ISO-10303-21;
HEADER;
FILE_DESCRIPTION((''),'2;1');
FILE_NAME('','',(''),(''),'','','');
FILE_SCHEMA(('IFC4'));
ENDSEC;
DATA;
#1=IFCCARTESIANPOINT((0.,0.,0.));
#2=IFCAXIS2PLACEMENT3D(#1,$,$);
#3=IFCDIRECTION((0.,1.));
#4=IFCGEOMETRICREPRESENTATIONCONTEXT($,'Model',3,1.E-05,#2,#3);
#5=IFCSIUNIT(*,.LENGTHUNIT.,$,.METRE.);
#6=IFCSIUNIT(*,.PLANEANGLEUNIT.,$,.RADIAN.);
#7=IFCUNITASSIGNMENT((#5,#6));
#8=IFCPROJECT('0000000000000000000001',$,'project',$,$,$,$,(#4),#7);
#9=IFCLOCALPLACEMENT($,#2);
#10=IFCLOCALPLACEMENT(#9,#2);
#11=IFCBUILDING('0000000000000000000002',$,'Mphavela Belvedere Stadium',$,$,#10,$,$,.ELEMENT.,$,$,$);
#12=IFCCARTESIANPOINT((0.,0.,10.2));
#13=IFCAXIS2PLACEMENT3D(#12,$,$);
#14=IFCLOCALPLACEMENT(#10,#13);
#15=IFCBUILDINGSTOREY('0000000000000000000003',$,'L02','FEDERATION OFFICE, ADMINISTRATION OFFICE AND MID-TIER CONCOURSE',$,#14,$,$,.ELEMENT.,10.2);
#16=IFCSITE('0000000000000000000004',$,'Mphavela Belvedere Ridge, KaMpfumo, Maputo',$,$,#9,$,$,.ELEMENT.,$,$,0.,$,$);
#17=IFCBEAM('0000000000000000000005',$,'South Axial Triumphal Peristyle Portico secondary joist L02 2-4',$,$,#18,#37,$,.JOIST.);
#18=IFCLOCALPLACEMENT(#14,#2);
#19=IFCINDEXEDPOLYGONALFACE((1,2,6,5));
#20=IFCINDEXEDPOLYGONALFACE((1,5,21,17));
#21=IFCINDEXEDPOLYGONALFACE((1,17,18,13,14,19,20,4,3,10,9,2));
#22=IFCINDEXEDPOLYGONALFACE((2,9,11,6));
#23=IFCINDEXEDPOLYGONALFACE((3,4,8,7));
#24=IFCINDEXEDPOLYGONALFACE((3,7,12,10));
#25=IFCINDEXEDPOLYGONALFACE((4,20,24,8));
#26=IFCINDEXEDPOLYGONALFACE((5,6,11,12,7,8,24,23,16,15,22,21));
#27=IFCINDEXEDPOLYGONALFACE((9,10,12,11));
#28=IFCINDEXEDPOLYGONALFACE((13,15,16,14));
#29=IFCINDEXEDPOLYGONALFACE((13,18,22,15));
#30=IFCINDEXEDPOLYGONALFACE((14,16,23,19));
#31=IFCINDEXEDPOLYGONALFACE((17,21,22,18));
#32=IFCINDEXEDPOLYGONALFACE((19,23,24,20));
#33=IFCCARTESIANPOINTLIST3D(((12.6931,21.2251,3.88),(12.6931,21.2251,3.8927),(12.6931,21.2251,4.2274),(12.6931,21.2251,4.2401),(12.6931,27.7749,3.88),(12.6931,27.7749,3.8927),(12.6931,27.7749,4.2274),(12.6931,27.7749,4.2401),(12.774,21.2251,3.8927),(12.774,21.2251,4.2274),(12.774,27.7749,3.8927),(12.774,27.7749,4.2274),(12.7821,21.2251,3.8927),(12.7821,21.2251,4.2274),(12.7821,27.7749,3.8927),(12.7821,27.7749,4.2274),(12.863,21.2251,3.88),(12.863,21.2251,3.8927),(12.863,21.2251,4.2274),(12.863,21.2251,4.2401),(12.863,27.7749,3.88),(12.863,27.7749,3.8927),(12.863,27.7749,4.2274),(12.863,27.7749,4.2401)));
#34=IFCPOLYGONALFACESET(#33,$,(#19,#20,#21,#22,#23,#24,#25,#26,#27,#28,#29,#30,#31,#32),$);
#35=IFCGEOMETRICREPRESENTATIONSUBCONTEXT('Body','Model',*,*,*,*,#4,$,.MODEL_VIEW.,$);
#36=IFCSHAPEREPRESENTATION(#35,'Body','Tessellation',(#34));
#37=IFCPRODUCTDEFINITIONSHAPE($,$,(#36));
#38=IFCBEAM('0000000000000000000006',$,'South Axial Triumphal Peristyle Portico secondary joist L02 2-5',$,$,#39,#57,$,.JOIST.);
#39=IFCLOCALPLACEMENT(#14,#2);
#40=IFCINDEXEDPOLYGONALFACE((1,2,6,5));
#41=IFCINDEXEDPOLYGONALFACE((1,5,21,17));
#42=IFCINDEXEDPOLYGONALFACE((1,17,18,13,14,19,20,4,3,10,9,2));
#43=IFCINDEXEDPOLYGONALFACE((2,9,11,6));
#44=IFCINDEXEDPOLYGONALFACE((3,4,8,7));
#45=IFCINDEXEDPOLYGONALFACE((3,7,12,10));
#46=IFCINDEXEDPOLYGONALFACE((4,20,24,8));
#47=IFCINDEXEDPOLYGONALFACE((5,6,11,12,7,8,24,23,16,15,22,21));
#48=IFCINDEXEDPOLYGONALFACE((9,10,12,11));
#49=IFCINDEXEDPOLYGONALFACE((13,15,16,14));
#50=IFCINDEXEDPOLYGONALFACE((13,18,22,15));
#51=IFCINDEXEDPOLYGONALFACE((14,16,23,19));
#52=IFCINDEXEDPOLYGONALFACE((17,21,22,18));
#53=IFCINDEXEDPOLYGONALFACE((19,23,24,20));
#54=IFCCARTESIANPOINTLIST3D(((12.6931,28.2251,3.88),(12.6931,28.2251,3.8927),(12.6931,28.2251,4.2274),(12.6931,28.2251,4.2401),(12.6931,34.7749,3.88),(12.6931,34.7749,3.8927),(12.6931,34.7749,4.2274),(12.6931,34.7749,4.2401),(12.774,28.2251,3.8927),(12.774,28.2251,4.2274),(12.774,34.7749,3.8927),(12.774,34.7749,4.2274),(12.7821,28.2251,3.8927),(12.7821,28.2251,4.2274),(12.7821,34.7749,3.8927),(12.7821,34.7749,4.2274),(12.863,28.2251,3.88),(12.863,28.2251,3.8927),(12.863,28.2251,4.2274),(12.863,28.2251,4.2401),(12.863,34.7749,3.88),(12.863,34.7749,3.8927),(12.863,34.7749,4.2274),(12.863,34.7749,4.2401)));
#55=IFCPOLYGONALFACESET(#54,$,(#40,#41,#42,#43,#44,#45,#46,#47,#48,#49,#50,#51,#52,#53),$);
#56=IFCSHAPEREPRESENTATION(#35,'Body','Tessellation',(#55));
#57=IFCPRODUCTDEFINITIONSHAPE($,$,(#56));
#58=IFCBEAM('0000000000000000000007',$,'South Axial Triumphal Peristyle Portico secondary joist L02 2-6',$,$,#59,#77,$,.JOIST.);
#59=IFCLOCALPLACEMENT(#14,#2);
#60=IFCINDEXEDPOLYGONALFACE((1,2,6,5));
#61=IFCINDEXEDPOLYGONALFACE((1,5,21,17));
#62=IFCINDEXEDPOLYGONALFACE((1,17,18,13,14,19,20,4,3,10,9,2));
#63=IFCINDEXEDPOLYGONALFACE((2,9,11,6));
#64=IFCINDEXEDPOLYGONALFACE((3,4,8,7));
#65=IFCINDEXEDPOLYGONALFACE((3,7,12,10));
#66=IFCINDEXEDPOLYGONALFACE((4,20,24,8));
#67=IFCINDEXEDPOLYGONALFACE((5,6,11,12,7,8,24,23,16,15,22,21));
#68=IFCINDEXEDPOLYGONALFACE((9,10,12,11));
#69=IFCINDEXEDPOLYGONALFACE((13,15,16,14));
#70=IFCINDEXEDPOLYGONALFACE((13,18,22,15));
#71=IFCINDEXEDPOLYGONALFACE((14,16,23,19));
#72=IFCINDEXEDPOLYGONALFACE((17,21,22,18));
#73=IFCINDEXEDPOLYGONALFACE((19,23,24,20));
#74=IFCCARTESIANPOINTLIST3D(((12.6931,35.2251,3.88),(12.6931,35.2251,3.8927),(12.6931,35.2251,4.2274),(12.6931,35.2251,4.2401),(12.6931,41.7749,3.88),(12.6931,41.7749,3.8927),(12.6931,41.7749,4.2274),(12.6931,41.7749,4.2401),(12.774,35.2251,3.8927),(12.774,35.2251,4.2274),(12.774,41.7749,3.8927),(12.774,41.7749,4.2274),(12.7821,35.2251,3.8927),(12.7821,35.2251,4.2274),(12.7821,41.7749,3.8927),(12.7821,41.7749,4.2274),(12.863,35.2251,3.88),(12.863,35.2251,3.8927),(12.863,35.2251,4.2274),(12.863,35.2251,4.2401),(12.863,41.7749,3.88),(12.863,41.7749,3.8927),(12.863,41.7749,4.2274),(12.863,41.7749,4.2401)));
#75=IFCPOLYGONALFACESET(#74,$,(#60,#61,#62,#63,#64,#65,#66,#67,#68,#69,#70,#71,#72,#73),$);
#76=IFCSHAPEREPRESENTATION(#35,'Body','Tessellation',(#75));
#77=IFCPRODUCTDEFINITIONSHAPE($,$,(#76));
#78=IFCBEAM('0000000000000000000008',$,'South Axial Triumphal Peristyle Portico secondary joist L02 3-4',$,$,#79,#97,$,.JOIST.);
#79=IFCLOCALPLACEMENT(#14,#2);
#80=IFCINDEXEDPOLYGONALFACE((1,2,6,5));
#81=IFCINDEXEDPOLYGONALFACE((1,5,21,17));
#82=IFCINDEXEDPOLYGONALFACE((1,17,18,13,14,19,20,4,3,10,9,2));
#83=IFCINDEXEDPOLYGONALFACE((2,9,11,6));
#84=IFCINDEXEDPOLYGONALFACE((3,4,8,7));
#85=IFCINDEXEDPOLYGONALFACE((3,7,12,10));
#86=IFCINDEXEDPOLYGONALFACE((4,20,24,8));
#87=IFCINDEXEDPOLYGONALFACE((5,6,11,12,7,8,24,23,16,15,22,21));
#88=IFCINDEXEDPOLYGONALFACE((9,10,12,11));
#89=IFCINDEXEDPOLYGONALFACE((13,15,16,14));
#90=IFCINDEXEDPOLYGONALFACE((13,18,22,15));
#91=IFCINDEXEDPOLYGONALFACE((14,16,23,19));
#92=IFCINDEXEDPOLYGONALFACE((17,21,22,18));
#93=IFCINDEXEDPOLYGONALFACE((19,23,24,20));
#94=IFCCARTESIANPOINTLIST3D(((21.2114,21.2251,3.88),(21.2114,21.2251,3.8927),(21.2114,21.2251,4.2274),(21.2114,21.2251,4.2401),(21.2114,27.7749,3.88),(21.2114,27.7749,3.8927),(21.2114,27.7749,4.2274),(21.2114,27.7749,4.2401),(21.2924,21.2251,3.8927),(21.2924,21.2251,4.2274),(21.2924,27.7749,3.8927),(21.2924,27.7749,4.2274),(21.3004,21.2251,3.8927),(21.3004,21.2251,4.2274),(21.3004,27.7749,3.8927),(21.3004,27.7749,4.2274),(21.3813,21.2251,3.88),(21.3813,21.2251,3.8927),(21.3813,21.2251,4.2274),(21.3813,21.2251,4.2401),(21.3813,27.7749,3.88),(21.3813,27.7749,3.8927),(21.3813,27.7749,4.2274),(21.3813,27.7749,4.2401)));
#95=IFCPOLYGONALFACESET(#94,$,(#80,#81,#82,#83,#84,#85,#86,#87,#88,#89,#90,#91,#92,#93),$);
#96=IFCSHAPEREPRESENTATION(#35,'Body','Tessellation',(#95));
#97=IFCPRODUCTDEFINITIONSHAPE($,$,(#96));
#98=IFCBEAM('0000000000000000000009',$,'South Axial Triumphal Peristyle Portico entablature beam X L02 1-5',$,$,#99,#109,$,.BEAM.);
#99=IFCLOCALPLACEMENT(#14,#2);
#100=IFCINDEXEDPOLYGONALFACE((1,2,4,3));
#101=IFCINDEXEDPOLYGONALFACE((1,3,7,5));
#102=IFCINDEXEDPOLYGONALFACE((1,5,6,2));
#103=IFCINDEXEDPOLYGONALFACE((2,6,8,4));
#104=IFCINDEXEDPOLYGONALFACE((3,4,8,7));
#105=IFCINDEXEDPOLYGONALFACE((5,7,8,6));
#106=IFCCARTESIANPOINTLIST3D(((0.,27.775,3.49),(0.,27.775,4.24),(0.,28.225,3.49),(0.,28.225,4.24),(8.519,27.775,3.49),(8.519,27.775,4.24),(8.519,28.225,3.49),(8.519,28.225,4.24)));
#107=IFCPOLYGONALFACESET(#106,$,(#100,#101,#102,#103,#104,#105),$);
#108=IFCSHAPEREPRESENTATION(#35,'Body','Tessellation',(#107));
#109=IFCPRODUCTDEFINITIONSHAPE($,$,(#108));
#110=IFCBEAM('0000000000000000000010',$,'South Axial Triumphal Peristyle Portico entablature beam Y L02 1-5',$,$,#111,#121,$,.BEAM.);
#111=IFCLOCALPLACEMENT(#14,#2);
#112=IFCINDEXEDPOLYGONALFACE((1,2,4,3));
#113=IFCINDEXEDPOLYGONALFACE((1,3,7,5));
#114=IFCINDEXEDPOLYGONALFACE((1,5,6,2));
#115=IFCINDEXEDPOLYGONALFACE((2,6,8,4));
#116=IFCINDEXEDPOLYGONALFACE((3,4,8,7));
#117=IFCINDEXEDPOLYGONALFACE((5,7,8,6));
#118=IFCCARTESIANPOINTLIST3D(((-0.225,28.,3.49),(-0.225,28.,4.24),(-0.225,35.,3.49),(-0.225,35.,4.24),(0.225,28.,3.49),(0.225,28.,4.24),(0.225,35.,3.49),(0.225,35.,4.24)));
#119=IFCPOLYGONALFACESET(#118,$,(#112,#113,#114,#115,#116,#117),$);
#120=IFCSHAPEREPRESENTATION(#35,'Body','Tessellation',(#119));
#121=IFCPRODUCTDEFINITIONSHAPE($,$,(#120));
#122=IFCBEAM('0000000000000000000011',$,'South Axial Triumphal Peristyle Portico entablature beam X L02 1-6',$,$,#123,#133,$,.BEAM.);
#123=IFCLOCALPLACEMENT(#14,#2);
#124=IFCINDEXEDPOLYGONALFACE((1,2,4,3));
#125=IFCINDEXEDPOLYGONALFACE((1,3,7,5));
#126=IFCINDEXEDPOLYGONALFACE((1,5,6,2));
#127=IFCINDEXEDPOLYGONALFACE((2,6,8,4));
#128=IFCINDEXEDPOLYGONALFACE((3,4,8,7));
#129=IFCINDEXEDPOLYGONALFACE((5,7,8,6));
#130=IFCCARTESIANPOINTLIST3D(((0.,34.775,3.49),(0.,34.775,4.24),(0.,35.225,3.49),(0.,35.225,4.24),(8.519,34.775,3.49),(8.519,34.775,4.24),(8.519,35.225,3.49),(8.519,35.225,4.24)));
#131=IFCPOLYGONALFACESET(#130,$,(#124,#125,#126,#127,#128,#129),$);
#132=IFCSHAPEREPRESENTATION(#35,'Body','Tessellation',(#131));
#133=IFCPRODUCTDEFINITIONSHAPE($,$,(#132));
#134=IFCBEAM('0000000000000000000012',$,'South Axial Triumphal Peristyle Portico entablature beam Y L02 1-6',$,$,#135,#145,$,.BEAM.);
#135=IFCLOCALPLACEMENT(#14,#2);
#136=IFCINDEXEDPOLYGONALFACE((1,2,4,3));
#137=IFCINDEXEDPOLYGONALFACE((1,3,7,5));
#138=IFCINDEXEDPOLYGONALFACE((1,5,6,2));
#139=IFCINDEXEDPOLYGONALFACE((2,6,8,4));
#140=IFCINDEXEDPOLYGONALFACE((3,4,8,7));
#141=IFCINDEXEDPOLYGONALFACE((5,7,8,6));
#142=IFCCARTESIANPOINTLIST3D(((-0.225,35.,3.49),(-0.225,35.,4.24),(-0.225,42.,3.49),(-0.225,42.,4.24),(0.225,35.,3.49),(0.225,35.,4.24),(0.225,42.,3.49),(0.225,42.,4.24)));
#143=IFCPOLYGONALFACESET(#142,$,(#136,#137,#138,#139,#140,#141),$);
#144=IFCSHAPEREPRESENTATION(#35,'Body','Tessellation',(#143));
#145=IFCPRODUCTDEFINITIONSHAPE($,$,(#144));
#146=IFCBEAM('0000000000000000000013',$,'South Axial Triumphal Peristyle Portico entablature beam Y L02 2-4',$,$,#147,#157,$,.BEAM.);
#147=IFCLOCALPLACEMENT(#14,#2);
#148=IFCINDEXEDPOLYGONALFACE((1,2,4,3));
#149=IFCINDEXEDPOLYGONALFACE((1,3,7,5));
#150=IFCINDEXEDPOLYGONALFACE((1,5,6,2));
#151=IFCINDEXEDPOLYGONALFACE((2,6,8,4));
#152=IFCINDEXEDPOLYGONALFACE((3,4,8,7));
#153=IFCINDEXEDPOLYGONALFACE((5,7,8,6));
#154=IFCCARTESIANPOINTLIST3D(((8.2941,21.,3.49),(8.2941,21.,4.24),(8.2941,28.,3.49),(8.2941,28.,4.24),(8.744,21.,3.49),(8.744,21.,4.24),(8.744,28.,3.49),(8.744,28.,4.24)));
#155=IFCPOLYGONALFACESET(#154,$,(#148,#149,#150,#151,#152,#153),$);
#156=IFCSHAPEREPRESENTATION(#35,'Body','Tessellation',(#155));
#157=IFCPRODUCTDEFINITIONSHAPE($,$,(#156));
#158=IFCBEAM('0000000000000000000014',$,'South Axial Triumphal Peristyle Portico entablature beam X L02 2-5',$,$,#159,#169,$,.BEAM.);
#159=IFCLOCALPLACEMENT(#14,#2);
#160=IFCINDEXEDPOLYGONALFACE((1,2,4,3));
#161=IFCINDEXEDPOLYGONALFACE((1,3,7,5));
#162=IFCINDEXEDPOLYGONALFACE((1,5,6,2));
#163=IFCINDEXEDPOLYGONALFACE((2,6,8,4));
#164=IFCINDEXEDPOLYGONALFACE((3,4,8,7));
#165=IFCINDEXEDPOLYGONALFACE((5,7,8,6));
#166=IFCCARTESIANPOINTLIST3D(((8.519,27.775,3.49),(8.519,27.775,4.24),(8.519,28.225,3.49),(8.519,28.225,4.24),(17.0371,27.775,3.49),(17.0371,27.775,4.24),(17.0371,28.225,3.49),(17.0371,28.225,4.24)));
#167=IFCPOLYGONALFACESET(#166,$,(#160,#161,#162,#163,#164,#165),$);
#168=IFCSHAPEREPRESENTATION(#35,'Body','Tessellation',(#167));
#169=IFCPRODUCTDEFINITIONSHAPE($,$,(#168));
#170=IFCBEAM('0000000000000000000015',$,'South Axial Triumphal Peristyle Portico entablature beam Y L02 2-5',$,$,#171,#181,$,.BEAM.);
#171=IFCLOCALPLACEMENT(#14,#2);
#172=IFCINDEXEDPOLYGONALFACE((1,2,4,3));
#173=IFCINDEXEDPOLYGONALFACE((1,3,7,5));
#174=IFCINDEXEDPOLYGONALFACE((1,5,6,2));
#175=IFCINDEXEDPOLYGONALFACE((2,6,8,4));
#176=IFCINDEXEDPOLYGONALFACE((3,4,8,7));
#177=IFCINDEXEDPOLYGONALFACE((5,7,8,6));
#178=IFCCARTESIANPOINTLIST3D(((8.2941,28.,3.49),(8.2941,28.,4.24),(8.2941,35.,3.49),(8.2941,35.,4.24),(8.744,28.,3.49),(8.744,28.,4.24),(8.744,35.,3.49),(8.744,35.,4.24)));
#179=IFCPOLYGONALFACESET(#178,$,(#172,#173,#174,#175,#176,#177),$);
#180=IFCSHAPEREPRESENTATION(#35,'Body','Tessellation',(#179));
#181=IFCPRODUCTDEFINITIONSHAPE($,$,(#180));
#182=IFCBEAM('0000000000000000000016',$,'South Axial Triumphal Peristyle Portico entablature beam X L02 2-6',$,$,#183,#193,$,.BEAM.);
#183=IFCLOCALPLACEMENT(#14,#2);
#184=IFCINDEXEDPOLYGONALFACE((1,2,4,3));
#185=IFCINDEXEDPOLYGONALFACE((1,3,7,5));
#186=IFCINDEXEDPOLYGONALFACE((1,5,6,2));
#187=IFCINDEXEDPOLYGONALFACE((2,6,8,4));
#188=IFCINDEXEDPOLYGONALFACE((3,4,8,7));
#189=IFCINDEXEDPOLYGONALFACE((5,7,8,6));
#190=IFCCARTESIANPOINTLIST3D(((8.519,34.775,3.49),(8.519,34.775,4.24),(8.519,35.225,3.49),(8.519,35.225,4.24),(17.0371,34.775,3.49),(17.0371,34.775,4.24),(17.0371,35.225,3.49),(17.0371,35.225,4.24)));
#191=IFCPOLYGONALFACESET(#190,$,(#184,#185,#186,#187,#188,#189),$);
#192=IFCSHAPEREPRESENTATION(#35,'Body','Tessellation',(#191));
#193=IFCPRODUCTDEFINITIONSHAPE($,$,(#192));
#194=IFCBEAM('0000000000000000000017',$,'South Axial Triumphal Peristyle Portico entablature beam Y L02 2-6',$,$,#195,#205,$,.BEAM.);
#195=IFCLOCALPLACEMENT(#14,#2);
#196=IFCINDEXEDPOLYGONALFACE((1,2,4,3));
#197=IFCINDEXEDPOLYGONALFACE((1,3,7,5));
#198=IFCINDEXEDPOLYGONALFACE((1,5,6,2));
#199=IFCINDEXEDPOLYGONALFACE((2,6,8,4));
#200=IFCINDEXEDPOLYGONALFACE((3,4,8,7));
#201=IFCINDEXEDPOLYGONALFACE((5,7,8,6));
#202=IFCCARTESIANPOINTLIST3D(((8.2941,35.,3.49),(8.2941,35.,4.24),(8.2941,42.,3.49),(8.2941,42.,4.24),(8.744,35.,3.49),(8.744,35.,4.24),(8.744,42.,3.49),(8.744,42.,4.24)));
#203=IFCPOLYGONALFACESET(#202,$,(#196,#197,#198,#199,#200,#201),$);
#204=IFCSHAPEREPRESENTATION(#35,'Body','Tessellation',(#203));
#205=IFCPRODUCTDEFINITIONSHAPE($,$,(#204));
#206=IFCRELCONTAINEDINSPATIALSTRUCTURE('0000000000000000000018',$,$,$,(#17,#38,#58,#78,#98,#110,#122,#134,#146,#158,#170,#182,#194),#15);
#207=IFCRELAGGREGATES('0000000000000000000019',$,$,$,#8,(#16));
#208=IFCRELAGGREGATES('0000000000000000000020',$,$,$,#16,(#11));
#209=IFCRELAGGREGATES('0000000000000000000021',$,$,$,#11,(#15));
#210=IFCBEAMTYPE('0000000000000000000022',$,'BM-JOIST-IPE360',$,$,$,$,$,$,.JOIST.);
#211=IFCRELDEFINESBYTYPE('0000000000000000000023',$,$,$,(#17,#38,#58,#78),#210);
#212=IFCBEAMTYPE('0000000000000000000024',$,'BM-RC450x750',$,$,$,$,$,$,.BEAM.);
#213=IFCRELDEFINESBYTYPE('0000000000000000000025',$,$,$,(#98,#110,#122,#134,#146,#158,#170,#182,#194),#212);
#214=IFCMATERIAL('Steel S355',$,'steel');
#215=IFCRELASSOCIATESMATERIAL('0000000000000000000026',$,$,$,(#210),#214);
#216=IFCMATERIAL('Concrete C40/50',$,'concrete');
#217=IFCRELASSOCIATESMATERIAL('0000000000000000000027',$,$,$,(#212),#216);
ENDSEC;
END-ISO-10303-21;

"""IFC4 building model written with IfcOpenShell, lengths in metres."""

from ifc_helpers import new_model, si_unit, direction, frame, origin, origin_2d, place, context, subcontext, project, spatial, rectangle, i_section, extrude, material, material_profile, profile_set, type_object, element, save


model = new_model("IFC4")

# Units and contexts
model_context = context("Model", 3, precision=1e-05, world=origin(), true_north=direction((0.0, 1.0)))
body_context = subcontext(model_context, "Body", "Model", "MODEL_VIEW")
ifc_project = project(units=[si_unit("LENGTHUNIT", "METRE"), si_unit("PLANEANGLEUNIT", "RADIAN")], contexts=[model_context])

# Site, building, storey
site_placement = place(None, origin())
site = spatial("IfcSite", under=ifc_project, at=site_placement, Name="Mphavela Belvedere Ridge, KaMpfumo, Maputo", CompositionType="ELEMENT", RefElevation=0.0)
building_placement = place(site_placement, origin())
building = spatial("IfcBuilding", under=site, at=building_placement, Name="Mphavela Belvedere Stadium", CompositionType="ELEMENT")
storey_placement = place(building_placement, frame((0.0, 0.0, 10.2)))
storey = spatial("IfcBuildingStorey", under=building, at=storey_placement, Name="L02", Description="FEDERATION OFFICE, ADMINISTRATION OFFICE AND MID-TIER CONCOURSE", CompositionType="ELEMENT", Elevation=10.2)

# Beams
ifc_material_1 = material(Name="Steel S355", Category="steel")
ifc_material_profile_1 = material_profile(ifc_material_1, i_section(OverallWidth=0.1699, OverallDepth=0.3601, WebThickness=0.0081, FlangeThickness=0.0127, at=origin_2d()), Name="IPE 360")
ifc_profile_set_1 = profile_set([ifc_material_profile_1], Name="Steel S355")
beam_type_1 = type_object("IfcBeamType", Name="BM-JOIST-IPE360", PredefinedType="JOIST", material=ifc_profile_set_1)
for number, where, z_axis, x_axis, name in (
    (1, (12.7781, 21.2251, 4.0601), (0.0, 1.0, 0.0), (-1.0, 0.0, 0.0), "South Axial Triumphal Peristyle Portico secondary joist L02 2-4"),
    (2, (12.7781, 28.2251, 4.0601), (0.0, 1.0, 0.0), (-1.0, 0.0, 0.0), "South Axial Triumphal Peristyle Portico secondary joist L02 2-5"),
    (3, (12.7781, 35.2251, 4.0601), (0.0, 1.0, 0.0), (-1.0, 0.0, 0.0), "South Axial Triumphal Peristyle Portico secondary joist L02 2-6"),
    (4, (21.2964, 21.2251, 4.0601), (0.0, 1.0, 0.0), (-1.0, 0.0, 0.0), "South Axial Triumphal Peristyle Portico secondary joist L02 3-4"),
):
    element("IfcBeam", number, at=place(storey_placement, frame(where, z_axis=z_axis, x_axis=x_axis)), inside=storey, type_object=beam_type_1, Name=name, PredefinedType="JOIST", context=body_context, shape_type="SweptSolid", body=[
        extrude(i_section(OverallWidth=0.1699, OverallDepth=0.3601, WebThickness=0.0081, FlangeThickness=0.0127, at=origin_2d()), origin(), (0.0, 0.0, 1.0), 6.5498),
    ])
ifc_material_2 = material(Name="Concrete C40/50", Category="concrete")
ifc_material_profile_2 = material_profile(ifc_material_2, rectangle(XDim=0.45, YDim=0.75, at=origin_2d()), Name="RC 450x750")
ifc_profile_set_2 = profile_set([ifc_material_profile_2], Name="Concrete C40/50")
beam_type_2 = type_object("IfcBeamType", Name="BM-RC450x750", PredefinedType="BEAM", material=ifc_profile_set_2)
beam_1_placement = place(storey_placement, frame((0.0, 28.0, 3.865), z_axis=(1.0, 0.0, 0.0), x_axis=(0.0, 1.0, 0.0)))
element("IfcBeam", 5, at=beam_1_placement, inside=storey, type_object=beam_type_2, Name="South Axial Triumphal Peristyle Portico entablature beam X L02 1-5", PredefinedType="BEAM", context=body_context, shape_type="SweptSolid", body=[
    extrude(rectangle(XDim=0.45, YDim=0.75, at=origin_2d()), origin(), (0.0, 0.0, 1.0), 8.519),
])
beam_2_placement = place(storey_placement, frame((0.0, 28.0, 3.865), z_axis=(0.0, 1.0, 0.0), x_axis=(-1.0, 0.0, 0.0)))
element("IfcBeam", 6, at=beam_2_placement, inside=storey, type_object=beam_type_2, Name="South Axial Triumphal Peristyle Portico entablature beam Y L02 1-5", PredefinedType="BEAM", context=body_context, shape_type="SweptSolid", body=[
    extrude(rectangle(XDim=0.45, YDim=0.75, at=origin_2d()), origin(), (0.0, 0.0, 1.0), 7.0),
])
beam_3_placement = place(storey_placement, frame((0.0, 35.0, 3.865), z_axis=(1.0, 0.0, 0.0), x_axis=(0.0, 1.0, 0.0)))
element("IfcBeam", 7, at=beam_3_placement, inside=storey, type_object=beam_type_2, Name="South Axial Triumphal Peristyle Portico entablature beam X L02 1-6", PredefinedType="BEAM", context=body_context, shape_type="SweptSolid", body=[
    extrude(rectangle(XDim=0.45, YDim=0.75, at=origin_2d()), origin(), (0.0, 0.0, 1.0), 8.519),
])
for number, where, z_axis, x_axis, name in (
    (8, (0.0, 35.0, 3.865), (0.0, 1.0, 0.0), (-1.0, 0.0, 0.0), "South Axial Triumphal Peristyle Portico entablature beam Y L02 1-6"),
    (9, (8.519, 21.0, 3.865), (0.0, 1.0, 0.0), (-1.0, 0.0, 0.0), "South Axial Triumphal Peristyle Portico entablature beam Y L02 2-4"),
):
    element("IfcBeam", number, at=place(storey_placement, frame(where, z_axis=z_axis, x_axis=x_axis)), inside=storey, type_object=beam_type_2, Name=name, PredefinedType="BEAM", context=body_context, shape_type="SweptSolid", body=[
        extrude(rectangle(XDim=0.45, YDim=0.75, at=origin_2d()), origin(), (0.0, 0.0, 1.0), 7.0),
    ])
beam_4_placement = place(storey_placement, frame((8.519, 28.0, 3.865), z_axis=(1.0, 0.0, 0.0), x_axis=(0.0, 1.0, 0.0)))
element("IfcBeam", 10, at=beam_4_placement, inside=storey, type_object=beam_type_2, Name="South Axial Triumphal Peristyle Portico entablature beam X L02 2-5", PredefinedType="BEAM", context=body_context, shape_type="SweptSolid", body=[
    extrude(rectangle(XDim=0.45, YDim=0.75, at=origin_2d()), origin(), (0.0, 0.0, 1.0), 8.5181),
])
beam_5_placement = place(storey_placement, frame((8.519, 28.0, 3.865), z_axis=(0.0, 1.0, 0.0), x_axis=(-1.0, 0.0, 0.0)))
element("IfcBeam", 11, at=beam_5_placement, inside=storey, type_object=beam_type_2, Name="South Axial Triumphal Peristyle Portico entablature beam Y L02 2-5", PredefinedType="BEAM", context=body_context, shape_type="SweptSolid", body=[
    extrude(rectangle(XDim=0.45, YDim=0.75, at=origin_2d()), origin(), (0.0, 0.0, 1.0), 7.0),
])
beam_6_placement = place(storey_placement, frame((8.519, 35.0, 3.865), z_axis=(1.0, 0.0, 0.0), x_axis=(0.0, 1.0, 0.0)))
element("IfcBeam", 12, at=beam_6_placement, inside=storey, type_object=beam_type_2, Name="South Axial Triumphal Peristyle Portico entablature beam X L02 2-6", PredefinedType="BEAM", context=body_context, shape_type="SweptSolid", body=[
    extrude(rectangle(XDim=0.45, YDim=0.75, at=origin_2d()), origin(), (0.0, 0.0, 1.0), 8.5181),
])
beam_7_placement = place(storey_placement, frame((8.519, 35.0, 3.865), z_axis=(0.0, 1.0, 0.0), x_axis=(-1.0, 0.0, 0.0)))
element("IfcBeam", 13, at=beam_7_placement, inside=storey, type_object=beam_type_2, Name="South Axial Triumphal Peristyle Portico entablature beam Y L02 2-6", PredefinedType="BEAM", context=body_context, shape_type="SweptSolid", body=[
    extrude(rectangle(XDim=0.45, YDim=0.75, at=origin_2d()), origin(), (0.0, 0.0, 1.0), 7.0),
])

save(model, "model.ifc")
